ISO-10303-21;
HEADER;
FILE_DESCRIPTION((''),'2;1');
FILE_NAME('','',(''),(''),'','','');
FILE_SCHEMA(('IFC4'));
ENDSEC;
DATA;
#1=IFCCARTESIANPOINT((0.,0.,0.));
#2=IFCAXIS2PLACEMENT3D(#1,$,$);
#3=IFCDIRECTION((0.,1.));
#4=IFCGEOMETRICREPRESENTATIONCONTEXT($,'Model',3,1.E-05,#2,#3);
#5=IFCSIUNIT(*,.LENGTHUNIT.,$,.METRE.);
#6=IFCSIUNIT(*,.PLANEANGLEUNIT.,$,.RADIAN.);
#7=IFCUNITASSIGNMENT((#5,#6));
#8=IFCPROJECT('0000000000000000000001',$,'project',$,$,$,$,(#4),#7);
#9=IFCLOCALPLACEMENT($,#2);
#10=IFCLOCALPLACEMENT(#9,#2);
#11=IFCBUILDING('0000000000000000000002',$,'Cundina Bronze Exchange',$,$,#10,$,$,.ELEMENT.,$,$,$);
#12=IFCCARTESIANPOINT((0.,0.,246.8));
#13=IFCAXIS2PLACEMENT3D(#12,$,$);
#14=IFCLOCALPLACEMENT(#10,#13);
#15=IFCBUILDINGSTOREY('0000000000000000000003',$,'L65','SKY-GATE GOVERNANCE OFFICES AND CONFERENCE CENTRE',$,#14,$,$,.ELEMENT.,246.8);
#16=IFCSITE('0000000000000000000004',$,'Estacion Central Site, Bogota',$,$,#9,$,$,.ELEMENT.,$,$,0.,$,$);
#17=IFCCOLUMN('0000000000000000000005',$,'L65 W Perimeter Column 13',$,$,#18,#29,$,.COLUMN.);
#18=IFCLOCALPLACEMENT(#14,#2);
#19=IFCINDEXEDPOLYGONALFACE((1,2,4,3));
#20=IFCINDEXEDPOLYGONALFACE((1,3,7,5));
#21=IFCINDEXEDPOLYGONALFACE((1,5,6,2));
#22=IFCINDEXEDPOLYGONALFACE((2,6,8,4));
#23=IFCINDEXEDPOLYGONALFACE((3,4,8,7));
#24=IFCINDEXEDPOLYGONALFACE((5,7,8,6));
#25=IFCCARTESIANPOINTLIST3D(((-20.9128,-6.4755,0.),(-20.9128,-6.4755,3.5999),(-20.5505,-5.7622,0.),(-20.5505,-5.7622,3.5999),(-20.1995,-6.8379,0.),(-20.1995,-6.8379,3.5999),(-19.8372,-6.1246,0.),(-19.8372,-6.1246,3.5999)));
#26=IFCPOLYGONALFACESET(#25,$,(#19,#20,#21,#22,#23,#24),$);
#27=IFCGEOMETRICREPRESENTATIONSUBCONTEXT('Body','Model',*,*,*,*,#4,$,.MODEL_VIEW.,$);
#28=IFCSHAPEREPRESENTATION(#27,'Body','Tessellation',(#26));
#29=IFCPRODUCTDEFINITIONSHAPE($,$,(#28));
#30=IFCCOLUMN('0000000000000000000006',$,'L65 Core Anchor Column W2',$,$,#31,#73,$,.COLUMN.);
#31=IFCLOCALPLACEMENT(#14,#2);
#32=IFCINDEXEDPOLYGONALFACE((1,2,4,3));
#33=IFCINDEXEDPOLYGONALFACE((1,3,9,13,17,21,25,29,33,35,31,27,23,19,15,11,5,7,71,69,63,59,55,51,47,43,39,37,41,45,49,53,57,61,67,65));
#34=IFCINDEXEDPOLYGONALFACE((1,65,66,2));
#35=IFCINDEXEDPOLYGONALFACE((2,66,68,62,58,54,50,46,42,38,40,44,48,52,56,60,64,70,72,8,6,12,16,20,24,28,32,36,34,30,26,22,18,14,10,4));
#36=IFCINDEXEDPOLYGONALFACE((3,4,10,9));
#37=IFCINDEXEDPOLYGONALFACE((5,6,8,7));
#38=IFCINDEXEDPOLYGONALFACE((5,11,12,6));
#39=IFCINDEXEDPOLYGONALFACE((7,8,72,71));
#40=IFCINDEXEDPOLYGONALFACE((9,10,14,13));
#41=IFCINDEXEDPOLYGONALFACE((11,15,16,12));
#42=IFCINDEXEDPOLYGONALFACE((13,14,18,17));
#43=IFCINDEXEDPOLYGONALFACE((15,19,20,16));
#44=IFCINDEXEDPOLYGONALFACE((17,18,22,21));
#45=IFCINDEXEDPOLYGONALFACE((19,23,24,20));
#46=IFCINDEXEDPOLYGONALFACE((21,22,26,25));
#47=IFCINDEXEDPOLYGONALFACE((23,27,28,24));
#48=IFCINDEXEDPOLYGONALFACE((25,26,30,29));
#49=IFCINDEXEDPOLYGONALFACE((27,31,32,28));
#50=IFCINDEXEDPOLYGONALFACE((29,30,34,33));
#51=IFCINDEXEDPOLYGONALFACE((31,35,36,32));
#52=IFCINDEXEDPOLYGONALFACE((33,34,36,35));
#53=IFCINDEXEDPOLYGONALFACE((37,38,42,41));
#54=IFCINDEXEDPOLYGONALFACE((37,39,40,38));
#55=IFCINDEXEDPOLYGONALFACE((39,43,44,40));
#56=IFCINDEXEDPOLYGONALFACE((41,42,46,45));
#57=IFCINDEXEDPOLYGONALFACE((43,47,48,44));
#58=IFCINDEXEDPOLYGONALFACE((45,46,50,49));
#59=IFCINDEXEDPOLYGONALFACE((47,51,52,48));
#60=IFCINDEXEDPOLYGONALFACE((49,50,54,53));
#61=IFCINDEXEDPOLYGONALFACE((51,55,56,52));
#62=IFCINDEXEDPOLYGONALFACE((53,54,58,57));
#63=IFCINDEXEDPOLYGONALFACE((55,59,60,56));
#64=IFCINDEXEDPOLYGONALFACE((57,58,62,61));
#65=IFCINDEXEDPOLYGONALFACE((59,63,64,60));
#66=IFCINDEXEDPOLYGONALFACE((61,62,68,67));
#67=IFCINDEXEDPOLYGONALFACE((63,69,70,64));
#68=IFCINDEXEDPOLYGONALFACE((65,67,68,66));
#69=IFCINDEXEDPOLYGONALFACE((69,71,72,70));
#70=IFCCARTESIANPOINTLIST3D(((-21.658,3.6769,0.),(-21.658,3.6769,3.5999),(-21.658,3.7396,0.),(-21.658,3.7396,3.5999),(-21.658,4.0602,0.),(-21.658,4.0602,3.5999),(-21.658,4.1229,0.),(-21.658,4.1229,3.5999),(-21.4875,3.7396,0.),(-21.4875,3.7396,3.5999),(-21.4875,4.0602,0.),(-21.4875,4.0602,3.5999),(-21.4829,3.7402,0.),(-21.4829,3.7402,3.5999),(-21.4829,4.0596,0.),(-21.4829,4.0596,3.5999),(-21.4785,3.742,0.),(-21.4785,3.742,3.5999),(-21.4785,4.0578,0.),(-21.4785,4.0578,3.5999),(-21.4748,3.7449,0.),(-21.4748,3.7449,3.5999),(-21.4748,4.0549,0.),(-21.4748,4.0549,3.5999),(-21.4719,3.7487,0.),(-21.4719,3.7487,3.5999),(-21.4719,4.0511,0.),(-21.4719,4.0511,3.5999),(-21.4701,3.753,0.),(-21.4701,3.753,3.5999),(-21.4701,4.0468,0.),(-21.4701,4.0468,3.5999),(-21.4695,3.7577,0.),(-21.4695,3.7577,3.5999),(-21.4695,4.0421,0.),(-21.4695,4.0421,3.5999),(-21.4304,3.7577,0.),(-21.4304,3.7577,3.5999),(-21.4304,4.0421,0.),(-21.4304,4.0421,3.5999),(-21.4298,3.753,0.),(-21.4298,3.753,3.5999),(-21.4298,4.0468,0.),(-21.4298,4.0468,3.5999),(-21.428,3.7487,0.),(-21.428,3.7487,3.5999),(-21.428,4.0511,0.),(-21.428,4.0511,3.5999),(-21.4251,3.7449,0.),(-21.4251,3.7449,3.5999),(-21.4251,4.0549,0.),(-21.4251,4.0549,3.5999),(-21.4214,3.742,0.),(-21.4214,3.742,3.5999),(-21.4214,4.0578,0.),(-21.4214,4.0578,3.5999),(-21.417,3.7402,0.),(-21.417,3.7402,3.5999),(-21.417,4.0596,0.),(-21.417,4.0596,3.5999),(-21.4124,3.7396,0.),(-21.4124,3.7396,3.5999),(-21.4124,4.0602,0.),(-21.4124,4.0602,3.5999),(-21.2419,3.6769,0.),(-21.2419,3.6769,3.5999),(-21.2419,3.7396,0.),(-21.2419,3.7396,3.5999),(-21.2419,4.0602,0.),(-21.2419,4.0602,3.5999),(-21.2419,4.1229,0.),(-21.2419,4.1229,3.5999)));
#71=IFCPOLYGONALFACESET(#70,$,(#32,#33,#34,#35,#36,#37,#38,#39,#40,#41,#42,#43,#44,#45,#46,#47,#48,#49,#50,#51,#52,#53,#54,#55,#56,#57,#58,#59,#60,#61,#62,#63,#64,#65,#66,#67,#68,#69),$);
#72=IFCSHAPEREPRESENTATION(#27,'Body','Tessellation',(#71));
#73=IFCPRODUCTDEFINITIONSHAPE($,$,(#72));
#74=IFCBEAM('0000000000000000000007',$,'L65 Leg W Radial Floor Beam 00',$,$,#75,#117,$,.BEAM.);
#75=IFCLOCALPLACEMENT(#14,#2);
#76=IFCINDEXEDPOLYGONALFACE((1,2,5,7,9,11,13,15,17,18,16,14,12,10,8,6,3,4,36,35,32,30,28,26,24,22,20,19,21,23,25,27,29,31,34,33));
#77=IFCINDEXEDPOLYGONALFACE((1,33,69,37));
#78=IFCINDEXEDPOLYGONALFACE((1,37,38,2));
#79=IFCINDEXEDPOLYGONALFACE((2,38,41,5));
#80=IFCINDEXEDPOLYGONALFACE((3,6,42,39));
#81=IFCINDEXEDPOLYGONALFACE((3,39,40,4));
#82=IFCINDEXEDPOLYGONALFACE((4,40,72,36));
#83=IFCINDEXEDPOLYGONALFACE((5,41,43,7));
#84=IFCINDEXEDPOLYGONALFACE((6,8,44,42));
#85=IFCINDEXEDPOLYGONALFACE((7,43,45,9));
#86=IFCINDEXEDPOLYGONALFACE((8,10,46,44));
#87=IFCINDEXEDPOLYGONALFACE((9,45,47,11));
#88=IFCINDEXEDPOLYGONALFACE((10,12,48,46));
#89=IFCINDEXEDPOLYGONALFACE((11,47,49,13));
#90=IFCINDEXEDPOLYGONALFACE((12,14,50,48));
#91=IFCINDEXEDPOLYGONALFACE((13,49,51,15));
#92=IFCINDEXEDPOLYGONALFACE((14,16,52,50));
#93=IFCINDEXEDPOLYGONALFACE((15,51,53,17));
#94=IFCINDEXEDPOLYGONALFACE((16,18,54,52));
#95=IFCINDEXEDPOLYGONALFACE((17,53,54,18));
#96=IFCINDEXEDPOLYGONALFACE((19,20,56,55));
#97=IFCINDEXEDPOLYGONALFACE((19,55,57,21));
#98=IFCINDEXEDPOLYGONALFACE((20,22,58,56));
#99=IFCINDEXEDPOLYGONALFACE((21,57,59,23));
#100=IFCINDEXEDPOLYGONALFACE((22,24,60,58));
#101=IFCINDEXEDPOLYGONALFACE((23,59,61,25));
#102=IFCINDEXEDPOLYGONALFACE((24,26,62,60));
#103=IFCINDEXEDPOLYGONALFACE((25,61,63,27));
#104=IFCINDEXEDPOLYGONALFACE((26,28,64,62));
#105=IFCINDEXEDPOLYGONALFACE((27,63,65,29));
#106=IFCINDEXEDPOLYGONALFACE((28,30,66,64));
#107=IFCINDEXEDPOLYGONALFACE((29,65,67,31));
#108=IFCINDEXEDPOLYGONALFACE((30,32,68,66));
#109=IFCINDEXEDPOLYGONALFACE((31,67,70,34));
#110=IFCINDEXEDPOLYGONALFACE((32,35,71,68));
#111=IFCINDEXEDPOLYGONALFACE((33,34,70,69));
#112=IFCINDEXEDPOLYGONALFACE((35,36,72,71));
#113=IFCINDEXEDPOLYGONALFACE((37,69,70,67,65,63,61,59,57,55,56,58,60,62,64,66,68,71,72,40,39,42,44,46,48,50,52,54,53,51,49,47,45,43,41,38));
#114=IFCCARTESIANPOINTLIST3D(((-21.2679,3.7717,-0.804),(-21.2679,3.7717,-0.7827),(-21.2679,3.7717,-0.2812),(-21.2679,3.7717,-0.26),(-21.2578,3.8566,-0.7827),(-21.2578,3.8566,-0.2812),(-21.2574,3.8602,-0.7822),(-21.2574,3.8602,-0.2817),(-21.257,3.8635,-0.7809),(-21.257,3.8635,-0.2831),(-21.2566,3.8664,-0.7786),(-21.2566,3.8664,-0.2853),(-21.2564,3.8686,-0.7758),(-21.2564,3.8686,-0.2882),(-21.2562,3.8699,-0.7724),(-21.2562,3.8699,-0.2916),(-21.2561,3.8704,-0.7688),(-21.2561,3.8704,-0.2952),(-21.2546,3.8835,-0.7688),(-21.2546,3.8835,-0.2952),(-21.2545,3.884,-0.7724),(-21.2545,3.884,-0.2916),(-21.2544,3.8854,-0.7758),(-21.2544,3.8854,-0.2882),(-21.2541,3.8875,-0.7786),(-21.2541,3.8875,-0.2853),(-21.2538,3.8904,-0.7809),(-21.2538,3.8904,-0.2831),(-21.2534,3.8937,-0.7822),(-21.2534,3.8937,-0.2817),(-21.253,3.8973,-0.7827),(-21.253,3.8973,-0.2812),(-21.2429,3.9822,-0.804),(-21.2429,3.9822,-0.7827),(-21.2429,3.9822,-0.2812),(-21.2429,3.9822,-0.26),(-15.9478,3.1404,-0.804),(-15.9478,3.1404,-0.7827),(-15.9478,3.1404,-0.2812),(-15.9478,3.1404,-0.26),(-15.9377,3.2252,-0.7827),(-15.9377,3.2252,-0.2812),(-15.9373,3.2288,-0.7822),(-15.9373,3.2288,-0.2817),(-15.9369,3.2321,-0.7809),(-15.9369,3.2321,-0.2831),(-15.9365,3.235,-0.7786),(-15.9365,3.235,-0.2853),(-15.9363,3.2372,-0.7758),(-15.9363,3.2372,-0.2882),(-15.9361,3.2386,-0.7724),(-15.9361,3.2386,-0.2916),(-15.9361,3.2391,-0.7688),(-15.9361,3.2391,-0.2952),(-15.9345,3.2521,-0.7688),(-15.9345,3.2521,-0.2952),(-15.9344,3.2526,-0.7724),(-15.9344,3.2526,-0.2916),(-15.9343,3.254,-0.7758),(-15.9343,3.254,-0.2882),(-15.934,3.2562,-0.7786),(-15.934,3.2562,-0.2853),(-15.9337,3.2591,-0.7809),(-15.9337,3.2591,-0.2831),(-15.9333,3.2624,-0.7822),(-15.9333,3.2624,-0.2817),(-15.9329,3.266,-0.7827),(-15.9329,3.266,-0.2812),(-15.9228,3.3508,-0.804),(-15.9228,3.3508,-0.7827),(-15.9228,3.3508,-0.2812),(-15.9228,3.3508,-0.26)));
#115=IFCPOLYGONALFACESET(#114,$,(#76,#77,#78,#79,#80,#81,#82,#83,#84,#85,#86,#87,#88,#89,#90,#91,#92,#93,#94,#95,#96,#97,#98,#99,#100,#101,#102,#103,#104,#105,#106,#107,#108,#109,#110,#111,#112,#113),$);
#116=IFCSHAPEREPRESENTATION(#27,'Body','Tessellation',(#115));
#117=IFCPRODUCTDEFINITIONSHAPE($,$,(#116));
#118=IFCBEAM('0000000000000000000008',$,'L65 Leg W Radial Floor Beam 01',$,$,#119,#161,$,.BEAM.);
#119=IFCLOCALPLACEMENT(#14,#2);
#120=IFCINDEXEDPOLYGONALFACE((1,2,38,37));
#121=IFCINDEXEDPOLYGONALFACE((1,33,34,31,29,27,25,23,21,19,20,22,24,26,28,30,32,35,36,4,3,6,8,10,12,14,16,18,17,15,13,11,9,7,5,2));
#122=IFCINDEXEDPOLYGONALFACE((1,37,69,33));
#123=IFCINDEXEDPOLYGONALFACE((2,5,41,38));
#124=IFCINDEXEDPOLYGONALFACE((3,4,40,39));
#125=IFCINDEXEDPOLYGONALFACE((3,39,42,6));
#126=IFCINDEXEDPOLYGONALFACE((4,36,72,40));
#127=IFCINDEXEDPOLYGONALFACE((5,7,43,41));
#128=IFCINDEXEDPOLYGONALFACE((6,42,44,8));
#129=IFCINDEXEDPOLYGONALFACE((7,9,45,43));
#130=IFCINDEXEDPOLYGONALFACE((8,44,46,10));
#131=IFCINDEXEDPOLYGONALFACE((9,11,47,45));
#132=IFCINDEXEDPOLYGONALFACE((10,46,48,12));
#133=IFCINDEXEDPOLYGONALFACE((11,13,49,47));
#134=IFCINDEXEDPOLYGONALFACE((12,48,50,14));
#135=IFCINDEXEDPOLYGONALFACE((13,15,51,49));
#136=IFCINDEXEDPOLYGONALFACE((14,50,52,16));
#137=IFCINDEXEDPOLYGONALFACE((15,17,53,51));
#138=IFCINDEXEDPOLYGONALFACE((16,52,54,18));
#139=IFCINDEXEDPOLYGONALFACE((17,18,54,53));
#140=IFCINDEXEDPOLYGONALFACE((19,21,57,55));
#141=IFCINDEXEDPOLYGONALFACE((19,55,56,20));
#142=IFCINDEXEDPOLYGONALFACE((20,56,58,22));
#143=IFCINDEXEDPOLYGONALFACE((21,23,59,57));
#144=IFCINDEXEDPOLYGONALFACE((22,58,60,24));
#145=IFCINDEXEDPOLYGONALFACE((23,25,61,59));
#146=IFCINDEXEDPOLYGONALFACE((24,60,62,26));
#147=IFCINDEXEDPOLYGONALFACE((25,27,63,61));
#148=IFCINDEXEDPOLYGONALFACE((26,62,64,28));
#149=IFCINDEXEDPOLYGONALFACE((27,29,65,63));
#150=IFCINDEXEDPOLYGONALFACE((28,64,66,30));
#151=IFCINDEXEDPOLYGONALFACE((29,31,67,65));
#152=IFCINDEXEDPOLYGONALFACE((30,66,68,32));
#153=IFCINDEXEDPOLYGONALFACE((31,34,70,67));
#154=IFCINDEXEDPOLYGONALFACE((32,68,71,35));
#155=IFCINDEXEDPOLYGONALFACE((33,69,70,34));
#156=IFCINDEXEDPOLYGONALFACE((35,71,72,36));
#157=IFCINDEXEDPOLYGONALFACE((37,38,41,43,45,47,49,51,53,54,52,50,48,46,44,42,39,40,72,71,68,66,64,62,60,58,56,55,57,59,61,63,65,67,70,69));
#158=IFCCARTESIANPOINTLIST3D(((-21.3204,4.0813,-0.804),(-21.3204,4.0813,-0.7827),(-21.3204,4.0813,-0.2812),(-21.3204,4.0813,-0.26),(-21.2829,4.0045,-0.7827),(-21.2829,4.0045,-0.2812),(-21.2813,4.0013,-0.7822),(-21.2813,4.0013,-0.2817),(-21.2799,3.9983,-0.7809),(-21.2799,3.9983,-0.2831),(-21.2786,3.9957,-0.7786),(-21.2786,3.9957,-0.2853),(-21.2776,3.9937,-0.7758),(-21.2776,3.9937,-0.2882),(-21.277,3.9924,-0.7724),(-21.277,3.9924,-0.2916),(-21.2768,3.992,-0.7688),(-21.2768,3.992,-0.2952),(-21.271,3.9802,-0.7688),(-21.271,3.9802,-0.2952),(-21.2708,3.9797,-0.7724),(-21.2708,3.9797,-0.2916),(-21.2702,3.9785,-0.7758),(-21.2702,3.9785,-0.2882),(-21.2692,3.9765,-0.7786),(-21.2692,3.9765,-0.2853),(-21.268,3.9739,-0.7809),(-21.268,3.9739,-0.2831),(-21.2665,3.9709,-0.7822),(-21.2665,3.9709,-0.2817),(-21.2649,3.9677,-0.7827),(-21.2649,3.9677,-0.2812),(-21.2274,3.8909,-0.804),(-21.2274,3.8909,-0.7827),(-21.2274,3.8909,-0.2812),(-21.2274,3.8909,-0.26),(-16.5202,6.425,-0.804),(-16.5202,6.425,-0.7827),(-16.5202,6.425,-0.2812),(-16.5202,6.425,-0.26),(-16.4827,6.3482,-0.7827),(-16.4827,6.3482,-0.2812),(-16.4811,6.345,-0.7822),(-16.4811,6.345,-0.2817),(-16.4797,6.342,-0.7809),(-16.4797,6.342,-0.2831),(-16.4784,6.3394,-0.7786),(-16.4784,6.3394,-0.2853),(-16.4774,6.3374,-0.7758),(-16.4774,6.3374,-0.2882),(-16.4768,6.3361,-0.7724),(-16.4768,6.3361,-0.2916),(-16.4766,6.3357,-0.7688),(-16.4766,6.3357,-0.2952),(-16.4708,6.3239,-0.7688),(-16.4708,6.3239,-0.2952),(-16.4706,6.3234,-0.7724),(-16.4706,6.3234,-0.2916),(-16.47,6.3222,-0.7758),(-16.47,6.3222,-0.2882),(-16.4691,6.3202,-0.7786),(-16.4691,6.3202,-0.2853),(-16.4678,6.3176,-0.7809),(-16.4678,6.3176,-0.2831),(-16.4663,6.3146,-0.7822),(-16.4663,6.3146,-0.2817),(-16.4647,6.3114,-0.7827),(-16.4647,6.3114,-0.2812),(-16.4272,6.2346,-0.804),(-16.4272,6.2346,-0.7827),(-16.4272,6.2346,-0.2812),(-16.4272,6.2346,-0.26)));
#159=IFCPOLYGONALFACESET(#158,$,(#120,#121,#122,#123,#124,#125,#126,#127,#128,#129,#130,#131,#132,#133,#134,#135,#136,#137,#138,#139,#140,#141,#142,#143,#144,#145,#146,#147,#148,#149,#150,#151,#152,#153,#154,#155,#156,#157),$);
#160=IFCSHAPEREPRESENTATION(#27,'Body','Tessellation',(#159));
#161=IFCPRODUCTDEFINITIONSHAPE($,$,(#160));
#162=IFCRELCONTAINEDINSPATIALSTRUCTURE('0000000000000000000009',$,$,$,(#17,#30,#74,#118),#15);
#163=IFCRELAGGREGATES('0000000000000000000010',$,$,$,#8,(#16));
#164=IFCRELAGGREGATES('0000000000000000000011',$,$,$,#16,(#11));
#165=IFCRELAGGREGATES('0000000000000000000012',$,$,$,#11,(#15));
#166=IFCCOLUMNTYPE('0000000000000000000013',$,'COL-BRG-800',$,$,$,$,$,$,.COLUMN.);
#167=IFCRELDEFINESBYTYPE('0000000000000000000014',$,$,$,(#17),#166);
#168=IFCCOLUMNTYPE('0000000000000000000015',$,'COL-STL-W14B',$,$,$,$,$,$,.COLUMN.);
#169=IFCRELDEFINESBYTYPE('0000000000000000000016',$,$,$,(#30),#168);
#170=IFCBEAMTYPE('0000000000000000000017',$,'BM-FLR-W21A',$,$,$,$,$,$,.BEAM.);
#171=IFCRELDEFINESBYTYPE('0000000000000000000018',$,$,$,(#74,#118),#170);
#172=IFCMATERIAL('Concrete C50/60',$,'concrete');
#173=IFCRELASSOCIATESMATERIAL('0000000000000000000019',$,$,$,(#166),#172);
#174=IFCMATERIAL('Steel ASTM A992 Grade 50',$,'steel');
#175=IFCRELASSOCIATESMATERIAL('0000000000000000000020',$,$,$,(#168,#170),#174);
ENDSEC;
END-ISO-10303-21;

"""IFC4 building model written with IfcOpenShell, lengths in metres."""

from ifc_helpers import new_model, si_unit, direction, frame, origin, origin_2d, place, context, subcontext, project, spatial, rectangle, i_section, extrude, material, material_profile, profile_set, type_object, element, save


model = new_model("IFC4")

# Units and contexts
model_context = context("Model", 3, precision=1e-05, world=origin(), true_north=direction((0.0, 1.0)))
body_context = subcontext(model_context, "Body", "Model", "MODEL_VIEW")
ifc_project = project(units=[si_unit("LENGTHUNIT", "METRE"), si_unit("PLANEANGLEUNIT", "RADIAN")], contexts=[model_context])

# Site, building, storey
site_placement = place(None, origin())
site = spatial("IfcSite", under=ifc_project, at=site_placement, Name="Estacion Central Site, Bogota", CompositionType="ELEMENT", RefElevation=0.0)
building_placement = place(site_placement, origin())
building = spatial("IfcBuilding", under=site, at=building_placement, Name="Cundina Bronze Exchange", CompositionType="ELEMENT")
storey_placement = place(building_placement, frame((0.0, 0.0, 246.8)))
storey = spatial("IfcBuildingStorey", under=building, at=storey_placement, Name="L65", Description="SKY-GATE GOVERNANCE OFFICES AND CONFERENCE CENTRE", CompositionType="ELEMENT", Elevation=246.8)

# Columns
ifc_material_1 = material(Name="Concrete C50/60", Category="concrete")
ifc_material_profile_1 = material_profile(ifc_material_1, rectangle(XDim=0.8, YDim=0.8, at=origin_2d()), Name="RC800X800", Category="concrete")
ifc_profile_set_1 = profile_set([ifc_material_profile_1], Name="Concrete C50/60")
column_type_1 = type_object("IfcColumnType", Name="COL-BRG-800", PredefinedType="COLUMN", material=ifc_profile_set_1)
column_1_placement = place(storey_placement, frame((-20.375, -6.3, 0.0), z_axis=(0.0, 0.0, 1.0), x_axis=(0.452902, 0.891561, 0.0)))
element("IfcColumn", 1, at=column_1_placement, inside=storey, type_object=column_type_1, Name="L65 W Perimeter Column 13", PredefinedType="COLUMN", context=body_context, shape_type="SweptSolid", body=[
    extrude(rectangle(XDim=0.8, YDim=0.8, at=origin_2d()), origin(), (0.0, 0.0, 1.0), 3.5999),
])
ifc_material_2 = material(Name="Steel ASTM A992 Grade 50", Category="steel")
ifc_material_profile_2 = material_profile(ifc_material_2, i_section(OverallWidth=0.416, OverallDepth=0.446, WebThickness=0.0391, FlangeThickness=0.0627, FilletRadius=0.0181, at=origin_2d()), Name="W14X342", Category="steel")
ifc_profile_set_2 = profile_set([ifc_material_profile_2], Name="Steel ASTM A992 Grade 50")
column_type_2 = type_object("IfcColumnType", Name="COL-STL-W14B", PredefinedType="COLUMN", material=ifc_profile_set_2)
column_2_placement = place(storey_placement, frame((-21.45, 3.8999, 0.0), z_axis=(0.0, 0.0, 1.0), x_axis=(1.0, 0.0, 0.0)))
element("IfcColumn", 2, at=column_2_placement, inside=storey, type_object=column_type_2, Name="L65 Core Anchor Column W2", PredefinedType="COLUMN", context=body_context, shape_type="SweptSolid", body=[
    extrude(i_section(OverallWidth=0.416, OverallDepth=0.446, WebThickness=0.0391, FlangeThickness=0.0627, FilletRadius=0.0181, at=origin_2d()), origin(), (0.0, 0.0, 1.0), 3.5999),
])

# Beams
ifc_material_profile_3 = material_profile(ifc_material_2, i_section(OverallWidth=0.2119, OverallDepth=0.5439, WebThickness=0.0132, FlangeThickness=0.0212, FilletRadius=0.0139, at=origin_2d()), Name="W21X83", Category="steel")
ifc_profile_set_3 = profile_set([ifc_material_profile_3], Name="Steel ASTM A992 Grade 50")
beam_type_1 = type_object("IfcBeamType", Name="BM-FLR-W21A", PredefinedType="BEAM", material=ifc_profile_set_3)
beam_1_placement = place(storey_placement, frame((-21.2554, 3.877, -0.532), z_axis=(0.993032, -0.117846, 0.0), x_axis=(0.117846, 0.993032, 0.0)))
element("IfcBeam", 3, at=beam_1_placement, inside=storey, type_object=beam_type_1, Name="L65 Leg W Radial Floor Beam 00", PredefinedType="BEAM", context=body_context, shape_type="SweptSolid", body=[
    extrude(i_section(OverallWidth=0.2119, OverallDepth=0.5439, WebThickness=0.0132, FlangeThickness=0.0212, FilletRadius=0.0139, at=origin_2d()), origin(), (0.0, 0.0, 1.0), 5.3574),
])
beam_2_placement = place(storey_placement, frame((-21.2739, 3.9861, -0.532), z_axis=(0.89861, 0.438748, 0.0), x_axis=(-0.438748, 0.89861, 0.0)))
element("IfcBeam", 4, at=beam_2_placement, inside=storey, type_object=beam_type_1, Name="L65 Leg W Radial Floor Beam 01", PredefinedType="BEAM", context=body_context, shape_type="SweptSolid", body=[
    extrude(i_section(OverallWidth=0.2119, OverallDepth=0.5439, WebThickness=0.0132, FlangeThickness=0.0212, FilletRadius=0.0139, at=origin_2d()), origin(), (0.0, 0.0, 1.0), 5.3418),
])

save(model, "model.ifc")
